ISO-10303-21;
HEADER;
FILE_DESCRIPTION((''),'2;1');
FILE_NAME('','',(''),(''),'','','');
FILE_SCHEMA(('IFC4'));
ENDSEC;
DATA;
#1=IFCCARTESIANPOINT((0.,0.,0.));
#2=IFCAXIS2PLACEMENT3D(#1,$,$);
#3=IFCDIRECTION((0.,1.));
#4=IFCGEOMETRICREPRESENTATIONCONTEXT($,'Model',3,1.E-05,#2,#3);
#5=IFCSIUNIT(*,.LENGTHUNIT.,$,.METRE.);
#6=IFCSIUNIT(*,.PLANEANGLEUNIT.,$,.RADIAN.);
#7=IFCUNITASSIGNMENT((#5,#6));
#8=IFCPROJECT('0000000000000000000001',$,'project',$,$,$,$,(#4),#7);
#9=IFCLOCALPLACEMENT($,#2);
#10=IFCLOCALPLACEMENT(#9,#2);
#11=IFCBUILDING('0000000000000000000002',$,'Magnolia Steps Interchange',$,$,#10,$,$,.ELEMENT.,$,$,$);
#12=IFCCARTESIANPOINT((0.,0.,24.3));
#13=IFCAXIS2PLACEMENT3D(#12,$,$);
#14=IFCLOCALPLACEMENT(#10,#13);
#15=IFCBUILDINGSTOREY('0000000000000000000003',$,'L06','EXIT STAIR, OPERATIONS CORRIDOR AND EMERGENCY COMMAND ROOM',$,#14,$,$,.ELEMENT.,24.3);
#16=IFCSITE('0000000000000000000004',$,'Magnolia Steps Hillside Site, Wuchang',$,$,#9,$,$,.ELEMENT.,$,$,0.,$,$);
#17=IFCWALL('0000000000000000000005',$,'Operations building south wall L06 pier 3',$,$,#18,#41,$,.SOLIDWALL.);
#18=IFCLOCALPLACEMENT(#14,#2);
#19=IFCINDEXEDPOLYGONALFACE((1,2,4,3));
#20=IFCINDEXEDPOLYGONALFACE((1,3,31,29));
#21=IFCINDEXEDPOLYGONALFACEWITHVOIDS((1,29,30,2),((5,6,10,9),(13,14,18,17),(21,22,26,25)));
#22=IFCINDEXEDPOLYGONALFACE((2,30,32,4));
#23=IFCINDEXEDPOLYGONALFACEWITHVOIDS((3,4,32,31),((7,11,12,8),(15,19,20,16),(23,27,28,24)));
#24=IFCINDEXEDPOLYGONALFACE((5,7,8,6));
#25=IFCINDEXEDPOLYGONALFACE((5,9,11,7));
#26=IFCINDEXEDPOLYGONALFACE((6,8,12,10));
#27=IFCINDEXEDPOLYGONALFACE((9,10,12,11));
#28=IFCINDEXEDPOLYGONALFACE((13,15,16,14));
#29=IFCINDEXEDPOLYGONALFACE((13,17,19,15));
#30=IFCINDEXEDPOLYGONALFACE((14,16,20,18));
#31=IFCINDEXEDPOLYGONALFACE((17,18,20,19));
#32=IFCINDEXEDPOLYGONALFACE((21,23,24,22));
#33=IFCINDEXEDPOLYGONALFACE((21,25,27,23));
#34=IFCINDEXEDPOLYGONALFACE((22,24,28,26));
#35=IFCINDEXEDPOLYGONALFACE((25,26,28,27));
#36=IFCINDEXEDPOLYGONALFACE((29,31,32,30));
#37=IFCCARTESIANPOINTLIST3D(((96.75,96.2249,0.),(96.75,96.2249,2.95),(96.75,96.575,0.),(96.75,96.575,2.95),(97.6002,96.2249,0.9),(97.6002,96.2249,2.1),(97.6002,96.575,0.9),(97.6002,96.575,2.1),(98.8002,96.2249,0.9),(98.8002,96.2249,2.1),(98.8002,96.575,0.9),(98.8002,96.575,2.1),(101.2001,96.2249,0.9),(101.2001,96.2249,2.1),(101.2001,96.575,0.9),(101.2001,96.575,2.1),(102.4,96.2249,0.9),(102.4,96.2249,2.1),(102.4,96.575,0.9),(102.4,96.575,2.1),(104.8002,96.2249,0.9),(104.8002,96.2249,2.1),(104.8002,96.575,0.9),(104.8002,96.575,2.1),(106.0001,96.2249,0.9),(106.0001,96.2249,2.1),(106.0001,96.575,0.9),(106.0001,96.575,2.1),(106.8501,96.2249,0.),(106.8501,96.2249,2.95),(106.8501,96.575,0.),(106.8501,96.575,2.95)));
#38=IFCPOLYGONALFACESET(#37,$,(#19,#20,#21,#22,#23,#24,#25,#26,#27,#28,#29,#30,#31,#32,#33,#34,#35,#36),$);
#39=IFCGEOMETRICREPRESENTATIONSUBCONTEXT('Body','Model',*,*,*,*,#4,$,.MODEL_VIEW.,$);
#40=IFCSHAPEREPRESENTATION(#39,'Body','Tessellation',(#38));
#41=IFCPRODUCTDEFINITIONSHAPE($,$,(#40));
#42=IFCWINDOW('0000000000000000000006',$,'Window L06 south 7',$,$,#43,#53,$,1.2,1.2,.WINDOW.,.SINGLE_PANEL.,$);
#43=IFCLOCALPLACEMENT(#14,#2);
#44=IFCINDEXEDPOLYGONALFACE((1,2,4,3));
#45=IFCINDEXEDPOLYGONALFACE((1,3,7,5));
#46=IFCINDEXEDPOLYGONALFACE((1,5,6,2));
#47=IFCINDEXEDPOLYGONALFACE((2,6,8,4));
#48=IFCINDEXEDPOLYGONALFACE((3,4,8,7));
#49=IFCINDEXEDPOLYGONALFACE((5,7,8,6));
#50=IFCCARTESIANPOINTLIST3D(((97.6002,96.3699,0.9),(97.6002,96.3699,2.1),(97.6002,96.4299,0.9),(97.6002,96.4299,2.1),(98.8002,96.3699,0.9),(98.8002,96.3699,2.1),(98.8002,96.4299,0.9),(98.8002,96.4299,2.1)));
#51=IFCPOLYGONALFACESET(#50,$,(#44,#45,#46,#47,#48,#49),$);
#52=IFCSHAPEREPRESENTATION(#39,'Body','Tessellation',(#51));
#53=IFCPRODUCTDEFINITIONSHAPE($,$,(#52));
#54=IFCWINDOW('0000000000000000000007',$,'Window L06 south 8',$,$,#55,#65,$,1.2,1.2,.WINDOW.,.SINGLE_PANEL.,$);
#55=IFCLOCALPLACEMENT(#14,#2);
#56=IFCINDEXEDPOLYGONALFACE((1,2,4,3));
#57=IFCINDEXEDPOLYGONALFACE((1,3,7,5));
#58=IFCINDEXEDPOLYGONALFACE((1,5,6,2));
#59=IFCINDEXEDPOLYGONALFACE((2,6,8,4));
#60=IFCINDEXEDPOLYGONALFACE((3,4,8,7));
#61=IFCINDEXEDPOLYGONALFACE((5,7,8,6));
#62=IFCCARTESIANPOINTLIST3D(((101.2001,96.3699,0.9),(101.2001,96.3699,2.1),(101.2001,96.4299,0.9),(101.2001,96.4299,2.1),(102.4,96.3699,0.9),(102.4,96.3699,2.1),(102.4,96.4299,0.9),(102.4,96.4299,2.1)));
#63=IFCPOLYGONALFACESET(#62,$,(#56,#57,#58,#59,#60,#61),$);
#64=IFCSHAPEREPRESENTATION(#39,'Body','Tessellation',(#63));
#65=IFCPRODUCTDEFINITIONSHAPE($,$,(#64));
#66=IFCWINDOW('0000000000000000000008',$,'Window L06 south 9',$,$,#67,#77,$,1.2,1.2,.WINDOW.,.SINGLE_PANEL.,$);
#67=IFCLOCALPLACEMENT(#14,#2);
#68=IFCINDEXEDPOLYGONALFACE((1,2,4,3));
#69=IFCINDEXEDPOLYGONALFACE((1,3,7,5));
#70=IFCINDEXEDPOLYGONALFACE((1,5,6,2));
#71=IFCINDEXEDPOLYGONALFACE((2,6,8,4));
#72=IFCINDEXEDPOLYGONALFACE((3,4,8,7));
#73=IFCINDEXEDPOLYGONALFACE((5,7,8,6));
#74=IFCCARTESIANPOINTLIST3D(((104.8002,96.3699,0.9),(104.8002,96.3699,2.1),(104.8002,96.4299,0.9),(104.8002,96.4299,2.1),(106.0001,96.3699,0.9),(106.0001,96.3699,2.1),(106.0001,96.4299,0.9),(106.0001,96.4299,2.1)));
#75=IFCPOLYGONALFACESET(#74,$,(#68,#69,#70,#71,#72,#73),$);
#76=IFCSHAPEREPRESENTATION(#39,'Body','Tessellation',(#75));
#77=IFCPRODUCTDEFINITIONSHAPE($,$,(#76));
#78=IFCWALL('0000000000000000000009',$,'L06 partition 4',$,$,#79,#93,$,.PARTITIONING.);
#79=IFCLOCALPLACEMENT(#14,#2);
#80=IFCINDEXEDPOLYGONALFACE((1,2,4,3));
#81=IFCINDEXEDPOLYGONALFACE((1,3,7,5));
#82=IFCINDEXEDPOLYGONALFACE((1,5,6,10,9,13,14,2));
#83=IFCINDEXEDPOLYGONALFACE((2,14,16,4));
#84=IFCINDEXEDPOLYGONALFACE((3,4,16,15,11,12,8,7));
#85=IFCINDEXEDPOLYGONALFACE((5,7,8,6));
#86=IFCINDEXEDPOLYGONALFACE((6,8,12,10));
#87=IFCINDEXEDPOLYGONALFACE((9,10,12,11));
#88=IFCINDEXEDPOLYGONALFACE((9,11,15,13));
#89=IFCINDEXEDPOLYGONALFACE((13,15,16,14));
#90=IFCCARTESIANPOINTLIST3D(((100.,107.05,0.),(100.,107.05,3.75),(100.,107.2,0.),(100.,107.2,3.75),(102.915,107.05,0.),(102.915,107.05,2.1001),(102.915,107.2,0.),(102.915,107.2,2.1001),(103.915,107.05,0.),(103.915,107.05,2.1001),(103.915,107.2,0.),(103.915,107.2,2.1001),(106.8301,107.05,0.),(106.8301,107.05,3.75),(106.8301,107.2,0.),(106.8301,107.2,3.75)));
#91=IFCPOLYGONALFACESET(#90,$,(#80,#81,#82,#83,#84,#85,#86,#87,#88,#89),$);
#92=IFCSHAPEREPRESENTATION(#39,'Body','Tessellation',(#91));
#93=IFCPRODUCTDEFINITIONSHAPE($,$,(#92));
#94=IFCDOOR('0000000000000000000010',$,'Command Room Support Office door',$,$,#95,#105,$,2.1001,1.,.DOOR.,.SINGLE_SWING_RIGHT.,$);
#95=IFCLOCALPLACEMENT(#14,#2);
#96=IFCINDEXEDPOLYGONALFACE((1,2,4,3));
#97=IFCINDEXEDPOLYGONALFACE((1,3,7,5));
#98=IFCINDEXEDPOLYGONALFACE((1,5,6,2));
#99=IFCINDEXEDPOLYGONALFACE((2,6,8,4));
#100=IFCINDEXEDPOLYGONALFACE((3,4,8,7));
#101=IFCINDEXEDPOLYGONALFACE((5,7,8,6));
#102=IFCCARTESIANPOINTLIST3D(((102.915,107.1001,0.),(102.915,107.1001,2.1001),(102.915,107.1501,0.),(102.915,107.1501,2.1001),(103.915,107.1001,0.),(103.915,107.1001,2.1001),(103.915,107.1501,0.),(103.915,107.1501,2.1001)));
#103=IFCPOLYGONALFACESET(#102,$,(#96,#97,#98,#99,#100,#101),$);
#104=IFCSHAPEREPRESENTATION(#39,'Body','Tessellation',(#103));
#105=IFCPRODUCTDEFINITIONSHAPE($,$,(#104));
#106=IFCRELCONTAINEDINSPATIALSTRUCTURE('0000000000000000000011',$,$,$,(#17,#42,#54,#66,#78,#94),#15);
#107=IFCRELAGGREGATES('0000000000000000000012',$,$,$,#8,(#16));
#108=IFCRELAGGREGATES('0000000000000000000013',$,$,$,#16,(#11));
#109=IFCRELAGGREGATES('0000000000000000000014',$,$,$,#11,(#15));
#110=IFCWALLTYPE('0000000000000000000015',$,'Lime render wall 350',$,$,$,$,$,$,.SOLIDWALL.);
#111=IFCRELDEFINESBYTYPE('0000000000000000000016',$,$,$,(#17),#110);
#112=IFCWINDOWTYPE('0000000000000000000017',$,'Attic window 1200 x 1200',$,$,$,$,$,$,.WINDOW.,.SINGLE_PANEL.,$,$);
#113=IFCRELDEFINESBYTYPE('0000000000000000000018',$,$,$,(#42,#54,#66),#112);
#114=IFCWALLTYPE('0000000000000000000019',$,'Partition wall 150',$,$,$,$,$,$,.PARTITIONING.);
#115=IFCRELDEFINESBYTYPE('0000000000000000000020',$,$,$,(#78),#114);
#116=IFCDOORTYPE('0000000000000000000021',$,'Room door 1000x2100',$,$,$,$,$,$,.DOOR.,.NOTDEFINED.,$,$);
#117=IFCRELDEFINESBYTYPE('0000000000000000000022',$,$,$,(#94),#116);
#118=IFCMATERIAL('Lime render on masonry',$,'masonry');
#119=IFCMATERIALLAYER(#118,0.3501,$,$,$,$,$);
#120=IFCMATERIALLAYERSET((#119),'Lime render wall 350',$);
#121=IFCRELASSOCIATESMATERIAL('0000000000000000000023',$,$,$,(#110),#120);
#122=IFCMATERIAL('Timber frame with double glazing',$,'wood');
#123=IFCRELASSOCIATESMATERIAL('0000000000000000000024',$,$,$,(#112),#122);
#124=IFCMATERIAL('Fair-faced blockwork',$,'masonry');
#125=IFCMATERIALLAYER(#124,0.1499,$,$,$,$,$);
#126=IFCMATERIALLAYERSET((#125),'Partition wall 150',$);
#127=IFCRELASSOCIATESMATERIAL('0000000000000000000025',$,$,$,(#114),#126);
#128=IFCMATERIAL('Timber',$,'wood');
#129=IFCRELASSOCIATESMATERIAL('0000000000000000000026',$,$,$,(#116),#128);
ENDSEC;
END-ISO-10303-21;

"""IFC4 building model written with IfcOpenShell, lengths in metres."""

from ifc_helpers import new_model, si_unit, direction, frame, frame_2d, origin, place, context, subcontext, project, spatial, rectangle, extrude, material, layer, layer_set, type_object, element, fill, save


model = new_model("IFC4")

# Units and contexts
model_context = context("Model", 3, precision=1e-05, world=origin(), true_north=direction((0.0, 1.0)))
body_context = subcontext(model_context, "Body", "Model", "MODEL_VIEW")
ifc_project = project(units=[si_unit("LENGTHUNIT", "METRE"), si_unit("PLANEANGLEUNIT", "RADIAN")], contexts=[model_context])

# Site, building, storey
site_placement = place(None, origin())
site = spatial("IfcSite", under=ifc_project, at=site_placement, Name="Magnolia Steps Hillside Site, Wuchang", CompositionType="ELEMENT", RefElevation=0.0)
building_placement = place(site_placement, origin())
building = spatial("IfcBuilding", under=site, at=building_placement, Name="Magnolia Steps Interchange", CompositionType="ELEMENT")
storey_placement = place(building_placement, frame((0.0, 0.0, 24.3)))
storey = spatial("IfcBuildingStorey", under=building, at=storey_placement, Name="L06", Description="EXIT STAIR, OPERATIONS CORRIDOR AND EMERGENCY COMMAND ROOM", CompositionType="ELEMENT", Elevation=24.3)

# Wall, openings, windows
ifc_material_1 = material(Name="Lime render on masonry", Category="masonry")
ifc_layer_1 = layer(ifc_material_1, 0.3501)
ifc_layer_set_1 = layer_set([ifc_layer_1], Name="Lime render wall 350")
wall_type_1 = type_object("IfcWallType", Name="Lime render wall 350", PredefinedType="SOLIDWALL", material=ifc_layer_set_1)
wall_1_placement = place(storey_placement, frame((96.75, 96.3999, 0.0), z_axis=(0.0, 0.0, 1.0), x_axis=(1.0, 0.0, 0.0)))
wall_1 = element("IfcWall", 1, at=wall_1_placement, inside=storey, type_object=wall_type_1, Name="Operations building south wall L06 pier 3", PredefinedType="SOLIDWALL", context=body_context, shape_type="SweptSolid", body=[
    extrude(rectangle(XDim=10.1001, YDim=0.3501, at=frame_2d((5.05, 0.0))), origin(), (0.0, 0.0, 1.0), 2.95),
])
opening_1_placement = place(wall_1_placement, frame((0.8501, 0.0, 0.8999)))
opening_1 = element("IfcOpeningElement", 2, at=opening_1_placement, cuts=wall_1, PredefinedType="OPENING", context=body_context, shape_type="SweptSolid", body=[
    extrude(rectangle(XDim=1.2, YDim=1.2, at=frame_2d((0.6001, 0.6001))), frame((0.0, 0.1851, 0.0), z_axis=(0.0, -1.0, 0.0), x_axis=(1.0, 0.0, 0.0)), (0.0, 0.0, 1.0), 0.3701),
])
opening_2_placement = place(wall_1_placement, frame((4.45, 0.0, 0.8999)))
opening_2 = element("IfcOpeningElement", 3, at=opening_2_placement, cuts=wall_1, PredefinedType="OPENING", context=body_context, shape_type="SweptSolid", body=[
    extrude(rectangle(XDim=1.2, YDim=1.2, at=frame_2d((0.6001, 0.6001))), frame((0.0, 0.1851, 0.0), z_axis=(0.0, -1.0, 0.0), x_axis=(1.0, 0.0, 0.0)), (0.0, 0.0, 1.0), 0.3701),
])
opening_3_placement = place(wall_1_placement, frame((8.05, 0.0, 0.8999)))
opening_3 = element("IfcOpeningElement", 4, at=opening_3_placement, cuts=wall_1, PredefinedType="OPENING", context=body_context, shape_type="SweptSolid", body=[
    extrude(rectangle(XDim=1.2, YDim=1.2, at=frame_2d((0.6001, 0.6001))), frame((0.0, 0.1851, 0.0), z_axis=(0.0, -1.0, 0.0), x_axis=(1.0, 0.0, 0.0)), (0.0, 0.0, 1.0), 0.3701),
])
ifc_material_2 = material(Name="Timber frame with double glazing", Category="wood")
window_type = type_object("IfcWindowType", Name="Attic window 1200 x 1200", PartitioningType="SINGLE_PANEL", PredefinedType="WINDOW", material=ifc_material_2)
window_1_placement = place(opening_1_placement, origin())
window_1 = element("IfcWindow", 5, at=window_1_placement, inside=storey, type_object=window_type, Name="Window L06 south 7", OverallHeight=1.2, OverallWidth=1.2, PartitioningType="SINGLE_PANEL", PredefinedType="WINDOW", context=body_context, shape_type="SweptSolid", body=[
    extrude(rectangle(XDim=1.2, YDim=1.2, at=frame_2d((0.6001, 0.6001))), frame((0.0, 0.03, 0.0), z_axis=(0.0, -1.0, 0.0), x_axis=(1.0, 0.0, 0.0)), (0.0, 0.0, 1.0), 0.0601),
])
fill(opening_1, window_1)
window_2_placement = place(opening_2_placement, origin())
window_2 = element("IfcWindow", 6, at=window_2_placement, inside=storey, type_object=window_type, Name="Window L06 south 8", OverallHeight=1.2, OverallWidth=1.2, PartitioningType="SINGLE_PANEL", PredefinedType="WINDOW", context=body_context, shape_type="SweptSolid", body=[
    extrude(rectangle(XDim=1.2, YDim=1.2, at=frame_2d((0.6001, 0.6001))), frame((0.0, 0.03, 0.0), z_axis=(0.0, -1.0, 0.0), x_axis=(1.0, 0.0, 0.0)), (0.0, 0.0, 1.0), 0.0601),
])
fill(opening_2, window_2)
window_3_placement = place(opening_3_placement, origin())
window_3 = element("IfcWindow", 7, at=window_3_placement, inside=storey, type_object=window_type, Name="Window L06 south 9", OverallHeight=1.2, OverallWidth=1.2, PartitioningType="SINGLE_PANEL", PredefinedType="WINDOW", context=body_context, shape_type="SweptSolid", body=[
    extrude(rectangle(XDim=1.2, YDim=1.2, at=frame_2d((0.6001, 0.6001))), frame((0.0, 0.03, 0.0), z_axis=(0.0, -1.0, 0.0), x_axis=(1.0, 0.0, 0.0)), (0.0, 0.0, 1.0), 0.0601),
])
fill(opening_3, window_3)

# Wall, opening, door
ifc_material_3 = material(Name="Fair-faced blockwork", Category="masonry")
ifc_layer_2 = layer(ifc_material_3, 0.1499)
ifc_layer_set_2 = layer_set([ifc_layer_2], Name="Partition wall 150")
wall_type_2 = type_object("IfcWallType", Name="Partition wall 150", PredefinedType="PARTITIONING", material=ifc_layer_set_2)
wall_2_placement = place(storey_placement, frame((100.0, 107.125, 0.0), z_axis=(0.0, 0.0, 1.0), x_axis=(1.0, 0.0, 0.0)))
wall_2 = element("IfcWall", 8, at=wall_2_placement, inside=storey, type_object=wall_type_2, Name="L06 partition 4", PredefinedType="PARTITIONING", context=body_context, shape_type="SweptSolid", body=[
    extrude(rectangle(XDim=6.8301, YDim=0.1499, at=frame_2d((3.415, 0.0))), origin(), (0.0, 0.0, 1.0), 3.75),
])
opening_4_placement = place(wall_2_placement, frame((2.915, 0.0, 0.0)))
opening_4 = element("IfcOpeningElement", 9, at=opening_4_placement, cuts=wall_2, PredefinedType="OPENING", context=body_context, shape_type="SweptSolid", body=[
    extrude(rectangle(XDim=1.0, YDim=2.1001, at=frame_2d((0.5, 1.05))), frame((0.0, 0.085, 0.0), z_axis=(0.0, -1.0, 0.0), x_axis=(1.0, 0.0, 0.0)), (0.0, 0.0, 1.0), 0.1699),
])
ifc_material_4 = material(Name="Timber", Category="wood")
door_type = type_object("IfcDoorType", Name="Room door 1000x2100", OperationType="NOTDEFINED", PredefinedType="DOOR", material=ifc_material_4)
door_placement = place(opening_4_placement, frame((1.0, 0.0, 0.0), z_axis=(0.0, 0.0, 1.0), x_axis=(-1.0, 0.0, 0.0)))
door = element("IfcDoor", 10, at=door_placement, inside=storey, type_object=door_type, Name="Command Room Support Office door", OperationType="SINGLE_SWING_RIGHT", OverallHeight=2.1001, OverallWidth=1.0, PredefinedType="DOOR", context=body_context, shape_type="SweptSolid", body=[
    extrude(rectangle(XDim=1.0, YDim=2.1001, at=frame_2d((0.5, 1.05))), frame((0.0, 0.0249, 0.0), z_axis=(0.0, -1.0, 0.0), x_axis=(1.0, 0.0, 0.0)), (0.0, 0.0, 1.0), 0.05),
])
fill(opening_4, door)

save(model, "model.ifc")
